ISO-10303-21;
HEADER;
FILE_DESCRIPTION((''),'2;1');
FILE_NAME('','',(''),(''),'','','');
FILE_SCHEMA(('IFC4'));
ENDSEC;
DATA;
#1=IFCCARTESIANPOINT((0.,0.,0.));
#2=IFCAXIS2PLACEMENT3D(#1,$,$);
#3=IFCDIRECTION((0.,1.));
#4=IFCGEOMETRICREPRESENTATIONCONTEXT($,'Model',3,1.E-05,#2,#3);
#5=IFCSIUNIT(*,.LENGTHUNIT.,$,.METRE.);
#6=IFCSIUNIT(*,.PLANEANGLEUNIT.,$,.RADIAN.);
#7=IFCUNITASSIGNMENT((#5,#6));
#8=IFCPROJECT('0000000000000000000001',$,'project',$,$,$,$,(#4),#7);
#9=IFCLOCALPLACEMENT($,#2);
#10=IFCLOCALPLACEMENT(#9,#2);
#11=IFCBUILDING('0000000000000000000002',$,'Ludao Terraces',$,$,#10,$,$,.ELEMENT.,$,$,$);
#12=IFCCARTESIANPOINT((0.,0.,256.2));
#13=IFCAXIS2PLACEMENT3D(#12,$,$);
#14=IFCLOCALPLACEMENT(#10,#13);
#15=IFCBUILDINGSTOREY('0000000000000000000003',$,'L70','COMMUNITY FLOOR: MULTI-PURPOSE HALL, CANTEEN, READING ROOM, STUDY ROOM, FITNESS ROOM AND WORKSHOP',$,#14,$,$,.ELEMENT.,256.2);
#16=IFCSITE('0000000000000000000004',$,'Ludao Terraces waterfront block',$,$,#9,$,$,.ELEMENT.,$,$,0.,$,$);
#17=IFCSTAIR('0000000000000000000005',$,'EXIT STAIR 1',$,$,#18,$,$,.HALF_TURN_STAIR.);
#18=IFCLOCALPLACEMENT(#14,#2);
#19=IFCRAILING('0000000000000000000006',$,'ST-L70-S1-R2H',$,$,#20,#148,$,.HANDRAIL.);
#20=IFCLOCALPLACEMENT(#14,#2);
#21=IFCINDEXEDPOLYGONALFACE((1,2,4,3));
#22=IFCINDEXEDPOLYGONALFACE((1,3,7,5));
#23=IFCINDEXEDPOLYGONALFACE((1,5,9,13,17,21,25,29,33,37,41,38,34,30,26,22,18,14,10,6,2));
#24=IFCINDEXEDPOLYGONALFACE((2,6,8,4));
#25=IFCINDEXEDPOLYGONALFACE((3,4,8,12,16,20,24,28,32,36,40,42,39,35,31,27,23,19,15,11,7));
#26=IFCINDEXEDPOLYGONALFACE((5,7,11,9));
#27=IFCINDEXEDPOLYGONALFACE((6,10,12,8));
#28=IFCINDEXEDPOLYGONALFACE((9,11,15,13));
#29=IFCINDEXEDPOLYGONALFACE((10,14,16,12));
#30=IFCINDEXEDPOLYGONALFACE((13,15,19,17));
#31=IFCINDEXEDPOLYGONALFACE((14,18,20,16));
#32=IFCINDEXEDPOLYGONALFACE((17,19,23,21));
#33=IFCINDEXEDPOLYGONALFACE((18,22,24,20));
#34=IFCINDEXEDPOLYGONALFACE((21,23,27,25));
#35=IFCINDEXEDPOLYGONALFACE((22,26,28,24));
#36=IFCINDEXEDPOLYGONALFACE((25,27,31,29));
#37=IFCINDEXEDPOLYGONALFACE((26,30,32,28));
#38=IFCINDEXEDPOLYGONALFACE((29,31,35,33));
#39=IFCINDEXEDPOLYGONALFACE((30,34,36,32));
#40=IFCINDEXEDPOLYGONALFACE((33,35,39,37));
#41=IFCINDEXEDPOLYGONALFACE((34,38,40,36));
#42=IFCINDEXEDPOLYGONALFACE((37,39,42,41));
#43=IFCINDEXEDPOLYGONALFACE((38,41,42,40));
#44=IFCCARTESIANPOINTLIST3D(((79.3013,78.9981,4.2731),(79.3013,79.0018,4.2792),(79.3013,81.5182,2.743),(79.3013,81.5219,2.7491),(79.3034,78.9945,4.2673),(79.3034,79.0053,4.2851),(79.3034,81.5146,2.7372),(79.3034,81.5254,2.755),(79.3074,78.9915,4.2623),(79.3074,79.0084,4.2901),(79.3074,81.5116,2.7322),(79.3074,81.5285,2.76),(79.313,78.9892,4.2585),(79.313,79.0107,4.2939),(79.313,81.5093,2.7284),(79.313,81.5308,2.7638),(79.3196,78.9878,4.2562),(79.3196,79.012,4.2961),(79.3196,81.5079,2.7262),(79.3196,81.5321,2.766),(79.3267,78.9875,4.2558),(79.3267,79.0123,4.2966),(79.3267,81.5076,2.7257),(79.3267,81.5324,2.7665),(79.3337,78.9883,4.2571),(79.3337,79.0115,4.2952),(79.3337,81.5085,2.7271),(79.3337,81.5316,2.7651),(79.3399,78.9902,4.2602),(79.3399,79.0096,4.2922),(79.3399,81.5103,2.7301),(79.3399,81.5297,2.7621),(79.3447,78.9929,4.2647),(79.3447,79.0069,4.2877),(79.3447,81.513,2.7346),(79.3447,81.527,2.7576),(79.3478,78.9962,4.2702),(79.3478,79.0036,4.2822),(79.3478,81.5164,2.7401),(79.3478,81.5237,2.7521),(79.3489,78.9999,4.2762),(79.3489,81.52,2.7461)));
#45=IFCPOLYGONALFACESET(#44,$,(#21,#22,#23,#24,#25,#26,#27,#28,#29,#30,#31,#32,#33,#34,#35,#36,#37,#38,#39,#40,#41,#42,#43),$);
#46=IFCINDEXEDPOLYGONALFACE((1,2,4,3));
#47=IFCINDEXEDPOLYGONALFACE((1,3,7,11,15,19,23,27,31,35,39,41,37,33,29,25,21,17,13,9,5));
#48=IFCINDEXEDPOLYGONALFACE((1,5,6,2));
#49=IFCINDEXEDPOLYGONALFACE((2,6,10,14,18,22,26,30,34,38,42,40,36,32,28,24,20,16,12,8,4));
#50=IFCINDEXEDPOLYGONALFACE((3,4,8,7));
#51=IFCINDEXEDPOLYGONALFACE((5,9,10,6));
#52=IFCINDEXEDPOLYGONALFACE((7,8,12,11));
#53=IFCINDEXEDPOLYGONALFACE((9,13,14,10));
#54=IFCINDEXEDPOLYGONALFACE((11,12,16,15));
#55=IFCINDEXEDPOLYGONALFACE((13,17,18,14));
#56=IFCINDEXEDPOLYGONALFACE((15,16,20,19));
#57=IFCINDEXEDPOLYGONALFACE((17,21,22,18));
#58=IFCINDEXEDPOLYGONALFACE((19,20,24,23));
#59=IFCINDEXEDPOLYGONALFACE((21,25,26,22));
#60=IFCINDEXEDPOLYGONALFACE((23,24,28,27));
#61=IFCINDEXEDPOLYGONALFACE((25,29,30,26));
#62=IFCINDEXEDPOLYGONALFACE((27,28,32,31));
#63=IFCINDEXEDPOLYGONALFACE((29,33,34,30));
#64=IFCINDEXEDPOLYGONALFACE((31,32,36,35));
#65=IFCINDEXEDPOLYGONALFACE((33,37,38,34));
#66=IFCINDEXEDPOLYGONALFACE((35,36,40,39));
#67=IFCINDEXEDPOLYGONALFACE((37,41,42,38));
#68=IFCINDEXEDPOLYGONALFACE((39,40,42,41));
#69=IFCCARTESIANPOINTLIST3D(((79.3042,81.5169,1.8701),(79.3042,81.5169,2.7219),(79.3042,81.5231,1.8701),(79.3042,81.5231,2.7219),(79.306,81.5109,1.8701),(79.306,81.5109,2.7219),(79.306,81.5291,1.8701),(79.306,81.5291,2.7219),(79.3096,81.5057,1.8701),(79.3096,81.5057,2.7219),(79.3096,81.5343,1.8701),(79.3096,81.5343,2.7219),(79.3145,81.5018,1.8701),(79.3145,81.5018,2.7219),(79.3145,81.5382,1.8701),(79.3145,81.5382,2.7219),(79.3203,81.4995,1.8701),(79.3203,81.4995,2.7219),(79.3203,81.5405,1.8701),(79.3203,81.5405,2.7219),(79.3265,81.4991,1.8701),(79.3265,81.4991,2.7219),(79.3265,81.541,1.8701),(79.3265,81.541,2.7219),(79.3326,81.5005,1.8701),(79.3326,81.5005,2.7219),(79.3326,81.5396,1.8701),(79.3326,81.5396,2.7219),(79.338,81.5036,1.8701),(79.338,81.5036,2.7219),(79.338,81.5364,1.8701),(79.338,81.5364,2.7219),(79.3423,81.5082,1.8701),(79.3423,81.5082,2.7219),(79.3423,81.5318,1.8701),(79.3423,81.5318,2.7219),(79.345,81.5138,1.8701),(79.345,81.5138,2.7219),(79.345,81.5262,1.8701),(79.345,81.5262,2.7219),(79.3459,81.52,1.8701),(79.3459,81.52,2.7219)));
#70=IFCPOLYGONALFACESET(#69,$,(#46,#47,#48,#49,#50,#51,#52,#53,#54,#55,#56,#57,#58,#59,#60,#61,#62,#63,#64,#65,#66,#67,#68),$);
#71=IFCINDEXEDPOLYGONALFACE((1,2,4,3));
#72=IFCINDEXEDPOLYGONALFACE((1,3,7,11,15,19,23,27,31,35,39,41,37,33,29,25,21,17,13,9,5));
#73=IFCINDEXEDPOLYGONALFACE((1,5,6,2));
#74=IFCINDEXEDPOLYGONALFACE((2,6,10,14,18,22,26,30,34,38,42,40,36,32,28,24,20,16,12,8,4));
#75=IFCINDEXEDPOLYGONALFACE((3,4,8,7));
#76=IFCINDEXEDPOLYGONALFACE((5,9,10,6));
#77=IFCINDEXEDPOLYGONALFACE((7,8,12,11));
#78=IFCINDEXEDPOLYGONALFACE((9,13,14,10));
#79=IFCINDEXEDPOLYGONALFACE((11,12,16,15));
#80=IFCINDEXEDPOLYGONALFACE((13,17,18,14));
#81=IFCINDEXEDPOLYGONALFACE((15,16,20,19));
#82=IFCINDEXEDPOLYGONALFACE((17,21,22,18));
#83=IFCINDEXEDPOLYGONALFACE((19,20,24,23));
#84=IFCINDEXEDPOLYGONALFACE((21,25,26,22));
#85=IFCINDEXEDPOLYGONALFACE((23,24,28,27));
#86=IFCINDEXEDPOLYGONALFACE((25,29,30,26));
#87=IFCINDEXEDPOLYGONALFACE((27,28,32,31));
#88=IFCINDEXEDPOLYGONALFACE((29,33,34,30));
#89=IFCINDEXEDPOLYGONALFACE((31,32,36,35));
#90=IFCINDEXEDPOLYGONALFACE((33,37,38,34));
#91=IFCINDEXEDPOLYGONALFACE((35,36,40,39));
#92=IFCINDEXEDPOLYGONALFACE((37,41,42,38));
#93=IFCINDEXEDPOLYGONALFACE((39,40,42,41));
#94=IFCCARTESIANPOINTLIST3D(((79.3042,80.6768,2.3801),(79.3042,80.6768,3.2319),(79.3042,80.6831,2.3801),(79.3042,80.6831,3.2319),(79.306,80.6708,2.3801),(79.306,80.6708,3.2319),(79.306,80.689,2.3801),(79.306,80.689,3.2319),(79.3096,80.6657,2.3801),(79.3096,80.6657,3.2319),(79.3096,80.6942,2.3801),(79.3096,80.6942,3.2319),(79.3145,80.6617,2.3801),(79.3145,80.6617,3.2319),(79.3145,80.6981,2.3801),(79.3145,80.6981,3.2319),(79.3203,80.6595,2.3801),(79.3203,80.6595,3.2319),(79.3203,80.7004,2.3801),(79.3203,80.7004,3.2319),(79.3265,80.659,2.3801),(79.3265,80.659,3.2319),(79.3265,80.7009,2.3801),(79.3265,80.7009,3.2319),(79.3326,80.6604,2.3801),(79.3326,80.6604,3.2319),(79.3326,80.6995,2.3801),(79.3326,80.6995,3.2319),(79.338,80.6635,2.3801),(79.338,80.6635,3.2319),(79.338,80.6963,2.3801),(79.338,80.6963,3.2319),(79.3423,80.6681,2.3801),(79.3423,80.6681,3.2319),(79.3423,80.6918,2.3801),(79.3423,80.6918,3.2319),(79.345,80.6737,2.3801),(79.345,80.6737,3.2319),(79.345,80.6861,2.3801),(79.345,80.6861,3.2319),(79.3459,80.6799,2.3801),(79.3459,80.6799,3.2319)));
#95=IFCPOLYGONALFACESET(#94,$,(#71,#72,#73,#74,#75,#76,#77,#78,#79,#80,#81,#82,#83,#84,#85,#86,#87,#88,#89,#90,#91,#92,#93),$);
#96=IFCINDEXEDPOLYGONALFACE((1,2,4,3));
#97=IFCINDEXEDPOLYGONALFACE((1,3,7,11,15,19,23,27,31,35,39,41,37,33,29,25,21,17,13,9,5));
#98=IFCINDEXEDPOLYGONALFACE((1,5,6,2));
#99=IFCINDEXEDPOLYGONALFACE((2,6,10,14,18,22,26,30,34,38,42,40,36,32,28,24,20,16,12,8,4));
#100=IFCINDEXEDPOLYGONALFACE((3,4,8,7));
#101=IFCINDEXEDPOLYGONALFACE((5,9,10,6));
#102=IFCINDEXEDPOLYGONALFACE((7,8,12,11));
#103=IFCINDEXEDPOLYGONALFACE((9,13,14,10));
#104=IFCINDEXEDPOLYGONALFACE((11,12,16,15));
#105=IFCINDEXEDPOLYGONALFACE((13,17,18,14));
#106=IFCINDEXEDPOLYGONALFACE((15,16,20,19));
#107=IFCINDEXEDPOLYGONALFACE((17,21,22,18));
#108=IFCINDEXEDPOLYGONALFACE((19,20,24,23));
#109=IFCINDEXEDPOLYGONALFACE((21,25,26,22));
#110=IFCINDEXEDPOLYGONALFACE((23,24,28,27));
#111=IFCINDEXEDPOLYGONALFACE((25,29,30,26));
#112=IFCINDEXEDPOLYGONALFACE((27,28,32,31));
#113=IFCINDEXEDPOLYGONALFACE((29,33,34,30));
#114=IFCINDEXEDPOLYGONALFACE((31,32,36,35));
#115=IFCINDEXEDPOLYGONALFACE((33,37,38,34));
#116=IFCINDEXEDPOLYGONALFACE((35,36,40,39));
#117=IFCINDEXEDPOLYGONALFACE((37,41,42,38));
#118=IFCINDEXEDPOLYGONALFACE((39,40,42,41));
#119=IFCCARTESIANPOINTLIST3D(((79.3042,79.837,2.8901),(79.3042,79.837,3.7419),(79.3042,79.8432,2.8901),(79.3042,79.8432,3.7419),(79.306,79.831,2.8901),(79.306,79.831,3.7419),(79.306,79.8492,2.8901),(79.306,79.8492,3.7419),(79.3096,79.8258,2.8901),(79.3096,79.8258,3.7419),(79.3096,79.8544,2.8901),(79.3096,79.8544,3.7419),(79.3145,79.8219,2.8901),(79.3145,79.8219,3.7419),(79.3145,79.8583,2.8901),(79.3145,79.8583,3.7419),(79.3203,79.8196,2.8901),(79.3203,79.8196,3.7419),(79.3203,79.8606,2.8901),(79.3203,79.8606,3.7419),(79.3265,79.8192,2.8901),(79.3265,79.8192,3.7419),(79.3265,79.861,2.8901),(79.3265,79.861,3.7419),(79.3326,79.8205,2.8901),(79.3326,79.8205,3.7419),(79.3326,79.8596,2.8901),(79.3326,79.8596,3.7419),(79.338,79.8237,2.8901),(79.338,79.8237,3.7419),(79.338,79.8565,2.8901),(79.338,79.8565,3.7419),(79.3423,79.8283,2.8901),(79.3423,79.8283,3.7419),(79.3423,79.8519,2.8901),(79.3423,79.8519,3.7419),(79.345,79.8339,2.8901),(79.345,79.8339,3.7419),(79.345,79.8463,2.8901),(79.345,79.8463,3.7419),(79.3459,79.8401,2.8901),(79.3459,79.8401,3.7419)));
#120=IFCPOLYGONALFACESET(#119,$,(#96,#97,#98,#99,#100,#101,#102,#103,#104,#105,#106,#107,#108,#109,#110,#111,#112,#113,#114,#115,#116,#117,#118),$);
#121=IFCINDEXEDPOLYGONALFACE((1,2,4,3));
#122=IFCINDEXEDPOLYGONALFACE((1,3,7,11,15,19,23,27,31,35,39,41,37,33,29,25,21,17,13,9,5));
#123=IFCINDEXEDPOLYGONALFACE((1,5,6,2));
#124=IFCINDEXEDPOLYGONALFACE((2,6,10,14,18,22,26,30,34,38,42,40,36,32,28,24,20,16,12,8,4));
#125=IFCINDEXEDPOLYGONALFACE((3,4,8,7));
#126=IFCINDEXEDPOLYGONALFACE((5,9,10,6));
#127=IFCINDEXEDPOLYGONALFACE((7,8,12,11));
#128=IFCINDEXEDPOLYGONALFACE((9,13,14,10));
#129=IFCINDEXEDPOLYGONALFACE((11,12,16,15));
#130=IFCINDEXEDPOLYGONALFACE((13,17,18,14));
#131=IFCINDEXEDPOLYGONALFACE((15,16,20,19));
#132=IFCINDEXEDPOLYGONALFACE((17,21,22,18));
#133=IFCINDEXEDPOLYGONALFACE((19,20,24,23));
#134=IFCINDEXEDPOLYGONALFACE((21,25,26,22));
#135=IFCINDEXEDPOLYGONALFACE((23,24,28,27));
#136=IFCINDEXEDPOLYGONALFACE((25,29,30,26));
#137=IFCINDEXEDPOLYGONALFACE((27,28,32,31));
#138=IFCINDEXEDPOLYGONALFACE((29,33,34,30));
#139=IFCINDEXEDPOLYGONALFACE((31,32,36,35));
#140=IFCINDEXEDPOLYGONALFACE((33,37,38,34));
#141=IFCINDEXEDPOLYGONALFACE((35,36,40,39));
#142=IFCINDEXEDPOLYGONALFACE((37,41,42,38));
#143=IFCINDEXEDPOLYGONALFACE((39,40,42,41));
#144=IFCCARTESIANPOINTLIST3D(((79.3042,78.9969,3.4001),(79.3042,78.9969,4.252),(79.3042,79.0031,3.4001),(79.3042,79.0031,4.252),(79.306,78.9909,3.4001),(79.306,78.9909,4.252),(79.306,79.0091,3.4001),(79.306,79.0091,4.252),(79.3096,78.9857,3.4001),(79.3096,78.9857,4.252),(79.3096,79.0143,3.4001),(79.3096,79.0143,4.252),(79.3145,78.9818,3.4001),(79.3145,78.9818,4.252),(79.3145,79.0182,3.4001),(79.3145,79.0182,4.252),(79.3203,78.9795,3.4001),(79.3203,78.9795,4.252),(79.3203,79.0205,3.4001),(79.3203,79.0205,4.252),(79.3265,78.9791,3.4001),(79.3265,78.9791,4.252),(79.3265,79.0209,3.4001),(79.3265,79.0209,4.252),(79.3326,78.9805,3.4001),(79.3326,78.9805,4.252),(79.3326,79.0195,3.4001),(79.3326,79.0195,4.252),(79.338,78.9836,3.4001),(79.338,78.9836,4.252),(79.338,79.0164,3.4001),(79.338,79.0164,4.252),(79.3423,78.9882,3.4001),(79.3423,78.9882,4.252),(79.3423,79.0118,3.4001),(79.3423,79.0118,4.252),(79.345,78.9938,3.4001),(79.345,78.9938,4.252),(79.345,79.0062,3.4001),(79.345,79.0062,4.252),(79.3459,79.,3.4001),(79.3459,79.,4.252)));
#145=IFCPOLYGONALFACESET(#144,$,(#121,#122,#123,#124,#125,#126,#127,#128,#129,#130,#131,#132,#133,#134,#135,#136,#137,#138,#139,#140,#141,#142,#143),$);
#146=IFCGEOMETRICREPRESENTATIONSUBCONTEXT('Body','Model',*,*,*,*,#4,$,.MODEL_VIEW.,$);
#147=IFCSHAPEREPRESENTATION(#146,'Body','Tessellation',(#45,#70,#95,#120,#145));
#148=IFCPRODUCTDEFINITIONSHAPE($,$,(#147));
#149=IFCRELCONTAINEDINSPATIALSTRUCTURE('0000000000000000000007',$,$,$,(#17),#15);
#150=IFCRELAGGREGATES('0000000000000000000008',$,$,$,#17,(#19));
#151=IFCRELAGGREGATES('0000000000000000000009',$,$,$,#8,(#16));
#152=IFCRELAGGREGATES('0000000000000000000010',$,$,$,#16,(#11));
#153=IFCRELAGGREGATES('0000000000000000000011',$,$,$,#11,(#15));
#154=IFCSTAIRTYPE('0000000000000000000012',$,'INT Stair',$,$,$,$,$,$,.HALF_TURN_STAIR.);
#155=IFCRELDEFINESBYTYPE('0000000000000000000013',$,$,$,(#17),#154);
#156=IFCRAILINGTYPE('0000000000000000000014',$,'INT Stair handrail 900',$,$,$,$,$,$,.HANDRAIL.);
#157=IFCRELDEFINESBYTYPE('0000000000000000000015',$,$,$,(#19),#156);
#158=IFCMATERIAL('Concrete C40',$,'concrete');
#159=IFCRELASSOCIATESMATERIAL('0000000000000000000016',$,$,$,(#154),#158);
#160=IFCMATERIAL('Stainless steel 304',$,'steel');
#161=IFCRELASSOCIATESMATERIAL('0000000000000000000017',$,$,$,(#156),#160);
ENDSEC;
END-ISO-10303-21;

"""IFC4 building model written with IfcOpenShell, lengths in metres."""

from ifc_helpers import new_model, si_unit, direction, frame, origin, origin_2d, place, context, subcontext, project, spatial, circle, extrude, material, type_object, element, aggregate, save


model = new_model("IFC4")

# Units and contexts
model_context = context("Model", 3, precision=1e-05, world=origin(), true_north=direction((0.0, 1.0)))
body_context = subcontext(model_context, "Body", "Model", "MODEL_VIEW")
ifc_project = project(units=[si_unit("LENGTHUNIT", "METRE"), si_unit("PLANEANGLEUNIT", "RADIAN")], contexts=[model_context])

# Site, building, storey
site_placement = place(None, origin())
site = spatial("IfcSite", under=ifc_project, at=site_placement, Name="Ludao Terraces waterfront block", CompositionType="ELEMENT", RefElevation=0.0)
building_placement = place(site_placement, origin())
building = spatial("IfcBuilding", under=site, at=building_placement, Name="Ludao Terraces", CompositionType="ELEMENT")
storey_placement = place(building_placement, frame((0.0, 0.0, 256.2)))
storey = spatial("IfcBuildingStorey", under=building, at=storey_placement, Name="L70", Description="COMMUNITY FLOOR: MULTI-PURPOSE HALL, CANTEEN, READING ROOM, STUDY ROOM, FITNESS ROOM AND WORKSHOP", CompositionType="ELEMENT", Elevation=256.2)

# Shared definitions
ifc_material_1 = material(Name="Concrete C40", Category="concrete")

# Stair, railing
stair_type = type_object("IfcStairType", Name="INT Stair", PredefinedType="HALF_TURN_STAIR", material=ifc_material_1)
stair_placement = place(storey_placement, origin())
stair = element("IfcStair", 1, at=stair_placement, inside=storey, type_object=stair_type, Name="EXIT STAIR 1", PredefinedType="HALF_TURN_STAIR")
ifc_material_2 = material(Name="Stainless steel 304", Category="steel")
railing_type_1 = type_object("IfcRailingType", Name="INT Stair handrail 900", PredefinedType="HANDRAIL", material=ifc_material_2)
railing_1_placement = place(storey_placement, frame((79.325, 81.52, 1.8701)))
railing_1 = element("IfcRailing", 2, at=railing_1_placement, type_object=railing_type_1, Name="ST-L70-S1-R2H", PredefinedType="HANDRAIL", context=body_context, shape_type="SweptSolid", body=[
    extrude(circle(Radius=0.0239, at=origin_2d()), frame((0.0, 0.0, 0.876), z_axis=(0.0, -0.854785, 0.518982), x_axis=(1.0, 0.0, 0.0)), (0.0, 0.0, 1.0), 2.9482),
    extrude(circle(Radius=0.021, at=origin_2d()), origin(), (0.0, 0.0, 1.0), 0.8518),
    extrude(circle(Radius=0.021, at=origin_2d()), frame((0.0, -0.8401, 0.51)), (0.0, 0.0, 1.0), 0.8518),
    extrude(circle(Radius=0.021, at=origin_2d()), frame((0.0, -1.6799, 1.02)), (0.0, 0.0, 1.0), 0.8518),
    extrude(circle(Radius=0.021, at=origin_2d()), frame((0.0, -2.52, 1.53)), (0.0, 0.0, 1.0), 0.8518),
])
aggregate(stair, [railing_1])

save(model, "model.ifc")
